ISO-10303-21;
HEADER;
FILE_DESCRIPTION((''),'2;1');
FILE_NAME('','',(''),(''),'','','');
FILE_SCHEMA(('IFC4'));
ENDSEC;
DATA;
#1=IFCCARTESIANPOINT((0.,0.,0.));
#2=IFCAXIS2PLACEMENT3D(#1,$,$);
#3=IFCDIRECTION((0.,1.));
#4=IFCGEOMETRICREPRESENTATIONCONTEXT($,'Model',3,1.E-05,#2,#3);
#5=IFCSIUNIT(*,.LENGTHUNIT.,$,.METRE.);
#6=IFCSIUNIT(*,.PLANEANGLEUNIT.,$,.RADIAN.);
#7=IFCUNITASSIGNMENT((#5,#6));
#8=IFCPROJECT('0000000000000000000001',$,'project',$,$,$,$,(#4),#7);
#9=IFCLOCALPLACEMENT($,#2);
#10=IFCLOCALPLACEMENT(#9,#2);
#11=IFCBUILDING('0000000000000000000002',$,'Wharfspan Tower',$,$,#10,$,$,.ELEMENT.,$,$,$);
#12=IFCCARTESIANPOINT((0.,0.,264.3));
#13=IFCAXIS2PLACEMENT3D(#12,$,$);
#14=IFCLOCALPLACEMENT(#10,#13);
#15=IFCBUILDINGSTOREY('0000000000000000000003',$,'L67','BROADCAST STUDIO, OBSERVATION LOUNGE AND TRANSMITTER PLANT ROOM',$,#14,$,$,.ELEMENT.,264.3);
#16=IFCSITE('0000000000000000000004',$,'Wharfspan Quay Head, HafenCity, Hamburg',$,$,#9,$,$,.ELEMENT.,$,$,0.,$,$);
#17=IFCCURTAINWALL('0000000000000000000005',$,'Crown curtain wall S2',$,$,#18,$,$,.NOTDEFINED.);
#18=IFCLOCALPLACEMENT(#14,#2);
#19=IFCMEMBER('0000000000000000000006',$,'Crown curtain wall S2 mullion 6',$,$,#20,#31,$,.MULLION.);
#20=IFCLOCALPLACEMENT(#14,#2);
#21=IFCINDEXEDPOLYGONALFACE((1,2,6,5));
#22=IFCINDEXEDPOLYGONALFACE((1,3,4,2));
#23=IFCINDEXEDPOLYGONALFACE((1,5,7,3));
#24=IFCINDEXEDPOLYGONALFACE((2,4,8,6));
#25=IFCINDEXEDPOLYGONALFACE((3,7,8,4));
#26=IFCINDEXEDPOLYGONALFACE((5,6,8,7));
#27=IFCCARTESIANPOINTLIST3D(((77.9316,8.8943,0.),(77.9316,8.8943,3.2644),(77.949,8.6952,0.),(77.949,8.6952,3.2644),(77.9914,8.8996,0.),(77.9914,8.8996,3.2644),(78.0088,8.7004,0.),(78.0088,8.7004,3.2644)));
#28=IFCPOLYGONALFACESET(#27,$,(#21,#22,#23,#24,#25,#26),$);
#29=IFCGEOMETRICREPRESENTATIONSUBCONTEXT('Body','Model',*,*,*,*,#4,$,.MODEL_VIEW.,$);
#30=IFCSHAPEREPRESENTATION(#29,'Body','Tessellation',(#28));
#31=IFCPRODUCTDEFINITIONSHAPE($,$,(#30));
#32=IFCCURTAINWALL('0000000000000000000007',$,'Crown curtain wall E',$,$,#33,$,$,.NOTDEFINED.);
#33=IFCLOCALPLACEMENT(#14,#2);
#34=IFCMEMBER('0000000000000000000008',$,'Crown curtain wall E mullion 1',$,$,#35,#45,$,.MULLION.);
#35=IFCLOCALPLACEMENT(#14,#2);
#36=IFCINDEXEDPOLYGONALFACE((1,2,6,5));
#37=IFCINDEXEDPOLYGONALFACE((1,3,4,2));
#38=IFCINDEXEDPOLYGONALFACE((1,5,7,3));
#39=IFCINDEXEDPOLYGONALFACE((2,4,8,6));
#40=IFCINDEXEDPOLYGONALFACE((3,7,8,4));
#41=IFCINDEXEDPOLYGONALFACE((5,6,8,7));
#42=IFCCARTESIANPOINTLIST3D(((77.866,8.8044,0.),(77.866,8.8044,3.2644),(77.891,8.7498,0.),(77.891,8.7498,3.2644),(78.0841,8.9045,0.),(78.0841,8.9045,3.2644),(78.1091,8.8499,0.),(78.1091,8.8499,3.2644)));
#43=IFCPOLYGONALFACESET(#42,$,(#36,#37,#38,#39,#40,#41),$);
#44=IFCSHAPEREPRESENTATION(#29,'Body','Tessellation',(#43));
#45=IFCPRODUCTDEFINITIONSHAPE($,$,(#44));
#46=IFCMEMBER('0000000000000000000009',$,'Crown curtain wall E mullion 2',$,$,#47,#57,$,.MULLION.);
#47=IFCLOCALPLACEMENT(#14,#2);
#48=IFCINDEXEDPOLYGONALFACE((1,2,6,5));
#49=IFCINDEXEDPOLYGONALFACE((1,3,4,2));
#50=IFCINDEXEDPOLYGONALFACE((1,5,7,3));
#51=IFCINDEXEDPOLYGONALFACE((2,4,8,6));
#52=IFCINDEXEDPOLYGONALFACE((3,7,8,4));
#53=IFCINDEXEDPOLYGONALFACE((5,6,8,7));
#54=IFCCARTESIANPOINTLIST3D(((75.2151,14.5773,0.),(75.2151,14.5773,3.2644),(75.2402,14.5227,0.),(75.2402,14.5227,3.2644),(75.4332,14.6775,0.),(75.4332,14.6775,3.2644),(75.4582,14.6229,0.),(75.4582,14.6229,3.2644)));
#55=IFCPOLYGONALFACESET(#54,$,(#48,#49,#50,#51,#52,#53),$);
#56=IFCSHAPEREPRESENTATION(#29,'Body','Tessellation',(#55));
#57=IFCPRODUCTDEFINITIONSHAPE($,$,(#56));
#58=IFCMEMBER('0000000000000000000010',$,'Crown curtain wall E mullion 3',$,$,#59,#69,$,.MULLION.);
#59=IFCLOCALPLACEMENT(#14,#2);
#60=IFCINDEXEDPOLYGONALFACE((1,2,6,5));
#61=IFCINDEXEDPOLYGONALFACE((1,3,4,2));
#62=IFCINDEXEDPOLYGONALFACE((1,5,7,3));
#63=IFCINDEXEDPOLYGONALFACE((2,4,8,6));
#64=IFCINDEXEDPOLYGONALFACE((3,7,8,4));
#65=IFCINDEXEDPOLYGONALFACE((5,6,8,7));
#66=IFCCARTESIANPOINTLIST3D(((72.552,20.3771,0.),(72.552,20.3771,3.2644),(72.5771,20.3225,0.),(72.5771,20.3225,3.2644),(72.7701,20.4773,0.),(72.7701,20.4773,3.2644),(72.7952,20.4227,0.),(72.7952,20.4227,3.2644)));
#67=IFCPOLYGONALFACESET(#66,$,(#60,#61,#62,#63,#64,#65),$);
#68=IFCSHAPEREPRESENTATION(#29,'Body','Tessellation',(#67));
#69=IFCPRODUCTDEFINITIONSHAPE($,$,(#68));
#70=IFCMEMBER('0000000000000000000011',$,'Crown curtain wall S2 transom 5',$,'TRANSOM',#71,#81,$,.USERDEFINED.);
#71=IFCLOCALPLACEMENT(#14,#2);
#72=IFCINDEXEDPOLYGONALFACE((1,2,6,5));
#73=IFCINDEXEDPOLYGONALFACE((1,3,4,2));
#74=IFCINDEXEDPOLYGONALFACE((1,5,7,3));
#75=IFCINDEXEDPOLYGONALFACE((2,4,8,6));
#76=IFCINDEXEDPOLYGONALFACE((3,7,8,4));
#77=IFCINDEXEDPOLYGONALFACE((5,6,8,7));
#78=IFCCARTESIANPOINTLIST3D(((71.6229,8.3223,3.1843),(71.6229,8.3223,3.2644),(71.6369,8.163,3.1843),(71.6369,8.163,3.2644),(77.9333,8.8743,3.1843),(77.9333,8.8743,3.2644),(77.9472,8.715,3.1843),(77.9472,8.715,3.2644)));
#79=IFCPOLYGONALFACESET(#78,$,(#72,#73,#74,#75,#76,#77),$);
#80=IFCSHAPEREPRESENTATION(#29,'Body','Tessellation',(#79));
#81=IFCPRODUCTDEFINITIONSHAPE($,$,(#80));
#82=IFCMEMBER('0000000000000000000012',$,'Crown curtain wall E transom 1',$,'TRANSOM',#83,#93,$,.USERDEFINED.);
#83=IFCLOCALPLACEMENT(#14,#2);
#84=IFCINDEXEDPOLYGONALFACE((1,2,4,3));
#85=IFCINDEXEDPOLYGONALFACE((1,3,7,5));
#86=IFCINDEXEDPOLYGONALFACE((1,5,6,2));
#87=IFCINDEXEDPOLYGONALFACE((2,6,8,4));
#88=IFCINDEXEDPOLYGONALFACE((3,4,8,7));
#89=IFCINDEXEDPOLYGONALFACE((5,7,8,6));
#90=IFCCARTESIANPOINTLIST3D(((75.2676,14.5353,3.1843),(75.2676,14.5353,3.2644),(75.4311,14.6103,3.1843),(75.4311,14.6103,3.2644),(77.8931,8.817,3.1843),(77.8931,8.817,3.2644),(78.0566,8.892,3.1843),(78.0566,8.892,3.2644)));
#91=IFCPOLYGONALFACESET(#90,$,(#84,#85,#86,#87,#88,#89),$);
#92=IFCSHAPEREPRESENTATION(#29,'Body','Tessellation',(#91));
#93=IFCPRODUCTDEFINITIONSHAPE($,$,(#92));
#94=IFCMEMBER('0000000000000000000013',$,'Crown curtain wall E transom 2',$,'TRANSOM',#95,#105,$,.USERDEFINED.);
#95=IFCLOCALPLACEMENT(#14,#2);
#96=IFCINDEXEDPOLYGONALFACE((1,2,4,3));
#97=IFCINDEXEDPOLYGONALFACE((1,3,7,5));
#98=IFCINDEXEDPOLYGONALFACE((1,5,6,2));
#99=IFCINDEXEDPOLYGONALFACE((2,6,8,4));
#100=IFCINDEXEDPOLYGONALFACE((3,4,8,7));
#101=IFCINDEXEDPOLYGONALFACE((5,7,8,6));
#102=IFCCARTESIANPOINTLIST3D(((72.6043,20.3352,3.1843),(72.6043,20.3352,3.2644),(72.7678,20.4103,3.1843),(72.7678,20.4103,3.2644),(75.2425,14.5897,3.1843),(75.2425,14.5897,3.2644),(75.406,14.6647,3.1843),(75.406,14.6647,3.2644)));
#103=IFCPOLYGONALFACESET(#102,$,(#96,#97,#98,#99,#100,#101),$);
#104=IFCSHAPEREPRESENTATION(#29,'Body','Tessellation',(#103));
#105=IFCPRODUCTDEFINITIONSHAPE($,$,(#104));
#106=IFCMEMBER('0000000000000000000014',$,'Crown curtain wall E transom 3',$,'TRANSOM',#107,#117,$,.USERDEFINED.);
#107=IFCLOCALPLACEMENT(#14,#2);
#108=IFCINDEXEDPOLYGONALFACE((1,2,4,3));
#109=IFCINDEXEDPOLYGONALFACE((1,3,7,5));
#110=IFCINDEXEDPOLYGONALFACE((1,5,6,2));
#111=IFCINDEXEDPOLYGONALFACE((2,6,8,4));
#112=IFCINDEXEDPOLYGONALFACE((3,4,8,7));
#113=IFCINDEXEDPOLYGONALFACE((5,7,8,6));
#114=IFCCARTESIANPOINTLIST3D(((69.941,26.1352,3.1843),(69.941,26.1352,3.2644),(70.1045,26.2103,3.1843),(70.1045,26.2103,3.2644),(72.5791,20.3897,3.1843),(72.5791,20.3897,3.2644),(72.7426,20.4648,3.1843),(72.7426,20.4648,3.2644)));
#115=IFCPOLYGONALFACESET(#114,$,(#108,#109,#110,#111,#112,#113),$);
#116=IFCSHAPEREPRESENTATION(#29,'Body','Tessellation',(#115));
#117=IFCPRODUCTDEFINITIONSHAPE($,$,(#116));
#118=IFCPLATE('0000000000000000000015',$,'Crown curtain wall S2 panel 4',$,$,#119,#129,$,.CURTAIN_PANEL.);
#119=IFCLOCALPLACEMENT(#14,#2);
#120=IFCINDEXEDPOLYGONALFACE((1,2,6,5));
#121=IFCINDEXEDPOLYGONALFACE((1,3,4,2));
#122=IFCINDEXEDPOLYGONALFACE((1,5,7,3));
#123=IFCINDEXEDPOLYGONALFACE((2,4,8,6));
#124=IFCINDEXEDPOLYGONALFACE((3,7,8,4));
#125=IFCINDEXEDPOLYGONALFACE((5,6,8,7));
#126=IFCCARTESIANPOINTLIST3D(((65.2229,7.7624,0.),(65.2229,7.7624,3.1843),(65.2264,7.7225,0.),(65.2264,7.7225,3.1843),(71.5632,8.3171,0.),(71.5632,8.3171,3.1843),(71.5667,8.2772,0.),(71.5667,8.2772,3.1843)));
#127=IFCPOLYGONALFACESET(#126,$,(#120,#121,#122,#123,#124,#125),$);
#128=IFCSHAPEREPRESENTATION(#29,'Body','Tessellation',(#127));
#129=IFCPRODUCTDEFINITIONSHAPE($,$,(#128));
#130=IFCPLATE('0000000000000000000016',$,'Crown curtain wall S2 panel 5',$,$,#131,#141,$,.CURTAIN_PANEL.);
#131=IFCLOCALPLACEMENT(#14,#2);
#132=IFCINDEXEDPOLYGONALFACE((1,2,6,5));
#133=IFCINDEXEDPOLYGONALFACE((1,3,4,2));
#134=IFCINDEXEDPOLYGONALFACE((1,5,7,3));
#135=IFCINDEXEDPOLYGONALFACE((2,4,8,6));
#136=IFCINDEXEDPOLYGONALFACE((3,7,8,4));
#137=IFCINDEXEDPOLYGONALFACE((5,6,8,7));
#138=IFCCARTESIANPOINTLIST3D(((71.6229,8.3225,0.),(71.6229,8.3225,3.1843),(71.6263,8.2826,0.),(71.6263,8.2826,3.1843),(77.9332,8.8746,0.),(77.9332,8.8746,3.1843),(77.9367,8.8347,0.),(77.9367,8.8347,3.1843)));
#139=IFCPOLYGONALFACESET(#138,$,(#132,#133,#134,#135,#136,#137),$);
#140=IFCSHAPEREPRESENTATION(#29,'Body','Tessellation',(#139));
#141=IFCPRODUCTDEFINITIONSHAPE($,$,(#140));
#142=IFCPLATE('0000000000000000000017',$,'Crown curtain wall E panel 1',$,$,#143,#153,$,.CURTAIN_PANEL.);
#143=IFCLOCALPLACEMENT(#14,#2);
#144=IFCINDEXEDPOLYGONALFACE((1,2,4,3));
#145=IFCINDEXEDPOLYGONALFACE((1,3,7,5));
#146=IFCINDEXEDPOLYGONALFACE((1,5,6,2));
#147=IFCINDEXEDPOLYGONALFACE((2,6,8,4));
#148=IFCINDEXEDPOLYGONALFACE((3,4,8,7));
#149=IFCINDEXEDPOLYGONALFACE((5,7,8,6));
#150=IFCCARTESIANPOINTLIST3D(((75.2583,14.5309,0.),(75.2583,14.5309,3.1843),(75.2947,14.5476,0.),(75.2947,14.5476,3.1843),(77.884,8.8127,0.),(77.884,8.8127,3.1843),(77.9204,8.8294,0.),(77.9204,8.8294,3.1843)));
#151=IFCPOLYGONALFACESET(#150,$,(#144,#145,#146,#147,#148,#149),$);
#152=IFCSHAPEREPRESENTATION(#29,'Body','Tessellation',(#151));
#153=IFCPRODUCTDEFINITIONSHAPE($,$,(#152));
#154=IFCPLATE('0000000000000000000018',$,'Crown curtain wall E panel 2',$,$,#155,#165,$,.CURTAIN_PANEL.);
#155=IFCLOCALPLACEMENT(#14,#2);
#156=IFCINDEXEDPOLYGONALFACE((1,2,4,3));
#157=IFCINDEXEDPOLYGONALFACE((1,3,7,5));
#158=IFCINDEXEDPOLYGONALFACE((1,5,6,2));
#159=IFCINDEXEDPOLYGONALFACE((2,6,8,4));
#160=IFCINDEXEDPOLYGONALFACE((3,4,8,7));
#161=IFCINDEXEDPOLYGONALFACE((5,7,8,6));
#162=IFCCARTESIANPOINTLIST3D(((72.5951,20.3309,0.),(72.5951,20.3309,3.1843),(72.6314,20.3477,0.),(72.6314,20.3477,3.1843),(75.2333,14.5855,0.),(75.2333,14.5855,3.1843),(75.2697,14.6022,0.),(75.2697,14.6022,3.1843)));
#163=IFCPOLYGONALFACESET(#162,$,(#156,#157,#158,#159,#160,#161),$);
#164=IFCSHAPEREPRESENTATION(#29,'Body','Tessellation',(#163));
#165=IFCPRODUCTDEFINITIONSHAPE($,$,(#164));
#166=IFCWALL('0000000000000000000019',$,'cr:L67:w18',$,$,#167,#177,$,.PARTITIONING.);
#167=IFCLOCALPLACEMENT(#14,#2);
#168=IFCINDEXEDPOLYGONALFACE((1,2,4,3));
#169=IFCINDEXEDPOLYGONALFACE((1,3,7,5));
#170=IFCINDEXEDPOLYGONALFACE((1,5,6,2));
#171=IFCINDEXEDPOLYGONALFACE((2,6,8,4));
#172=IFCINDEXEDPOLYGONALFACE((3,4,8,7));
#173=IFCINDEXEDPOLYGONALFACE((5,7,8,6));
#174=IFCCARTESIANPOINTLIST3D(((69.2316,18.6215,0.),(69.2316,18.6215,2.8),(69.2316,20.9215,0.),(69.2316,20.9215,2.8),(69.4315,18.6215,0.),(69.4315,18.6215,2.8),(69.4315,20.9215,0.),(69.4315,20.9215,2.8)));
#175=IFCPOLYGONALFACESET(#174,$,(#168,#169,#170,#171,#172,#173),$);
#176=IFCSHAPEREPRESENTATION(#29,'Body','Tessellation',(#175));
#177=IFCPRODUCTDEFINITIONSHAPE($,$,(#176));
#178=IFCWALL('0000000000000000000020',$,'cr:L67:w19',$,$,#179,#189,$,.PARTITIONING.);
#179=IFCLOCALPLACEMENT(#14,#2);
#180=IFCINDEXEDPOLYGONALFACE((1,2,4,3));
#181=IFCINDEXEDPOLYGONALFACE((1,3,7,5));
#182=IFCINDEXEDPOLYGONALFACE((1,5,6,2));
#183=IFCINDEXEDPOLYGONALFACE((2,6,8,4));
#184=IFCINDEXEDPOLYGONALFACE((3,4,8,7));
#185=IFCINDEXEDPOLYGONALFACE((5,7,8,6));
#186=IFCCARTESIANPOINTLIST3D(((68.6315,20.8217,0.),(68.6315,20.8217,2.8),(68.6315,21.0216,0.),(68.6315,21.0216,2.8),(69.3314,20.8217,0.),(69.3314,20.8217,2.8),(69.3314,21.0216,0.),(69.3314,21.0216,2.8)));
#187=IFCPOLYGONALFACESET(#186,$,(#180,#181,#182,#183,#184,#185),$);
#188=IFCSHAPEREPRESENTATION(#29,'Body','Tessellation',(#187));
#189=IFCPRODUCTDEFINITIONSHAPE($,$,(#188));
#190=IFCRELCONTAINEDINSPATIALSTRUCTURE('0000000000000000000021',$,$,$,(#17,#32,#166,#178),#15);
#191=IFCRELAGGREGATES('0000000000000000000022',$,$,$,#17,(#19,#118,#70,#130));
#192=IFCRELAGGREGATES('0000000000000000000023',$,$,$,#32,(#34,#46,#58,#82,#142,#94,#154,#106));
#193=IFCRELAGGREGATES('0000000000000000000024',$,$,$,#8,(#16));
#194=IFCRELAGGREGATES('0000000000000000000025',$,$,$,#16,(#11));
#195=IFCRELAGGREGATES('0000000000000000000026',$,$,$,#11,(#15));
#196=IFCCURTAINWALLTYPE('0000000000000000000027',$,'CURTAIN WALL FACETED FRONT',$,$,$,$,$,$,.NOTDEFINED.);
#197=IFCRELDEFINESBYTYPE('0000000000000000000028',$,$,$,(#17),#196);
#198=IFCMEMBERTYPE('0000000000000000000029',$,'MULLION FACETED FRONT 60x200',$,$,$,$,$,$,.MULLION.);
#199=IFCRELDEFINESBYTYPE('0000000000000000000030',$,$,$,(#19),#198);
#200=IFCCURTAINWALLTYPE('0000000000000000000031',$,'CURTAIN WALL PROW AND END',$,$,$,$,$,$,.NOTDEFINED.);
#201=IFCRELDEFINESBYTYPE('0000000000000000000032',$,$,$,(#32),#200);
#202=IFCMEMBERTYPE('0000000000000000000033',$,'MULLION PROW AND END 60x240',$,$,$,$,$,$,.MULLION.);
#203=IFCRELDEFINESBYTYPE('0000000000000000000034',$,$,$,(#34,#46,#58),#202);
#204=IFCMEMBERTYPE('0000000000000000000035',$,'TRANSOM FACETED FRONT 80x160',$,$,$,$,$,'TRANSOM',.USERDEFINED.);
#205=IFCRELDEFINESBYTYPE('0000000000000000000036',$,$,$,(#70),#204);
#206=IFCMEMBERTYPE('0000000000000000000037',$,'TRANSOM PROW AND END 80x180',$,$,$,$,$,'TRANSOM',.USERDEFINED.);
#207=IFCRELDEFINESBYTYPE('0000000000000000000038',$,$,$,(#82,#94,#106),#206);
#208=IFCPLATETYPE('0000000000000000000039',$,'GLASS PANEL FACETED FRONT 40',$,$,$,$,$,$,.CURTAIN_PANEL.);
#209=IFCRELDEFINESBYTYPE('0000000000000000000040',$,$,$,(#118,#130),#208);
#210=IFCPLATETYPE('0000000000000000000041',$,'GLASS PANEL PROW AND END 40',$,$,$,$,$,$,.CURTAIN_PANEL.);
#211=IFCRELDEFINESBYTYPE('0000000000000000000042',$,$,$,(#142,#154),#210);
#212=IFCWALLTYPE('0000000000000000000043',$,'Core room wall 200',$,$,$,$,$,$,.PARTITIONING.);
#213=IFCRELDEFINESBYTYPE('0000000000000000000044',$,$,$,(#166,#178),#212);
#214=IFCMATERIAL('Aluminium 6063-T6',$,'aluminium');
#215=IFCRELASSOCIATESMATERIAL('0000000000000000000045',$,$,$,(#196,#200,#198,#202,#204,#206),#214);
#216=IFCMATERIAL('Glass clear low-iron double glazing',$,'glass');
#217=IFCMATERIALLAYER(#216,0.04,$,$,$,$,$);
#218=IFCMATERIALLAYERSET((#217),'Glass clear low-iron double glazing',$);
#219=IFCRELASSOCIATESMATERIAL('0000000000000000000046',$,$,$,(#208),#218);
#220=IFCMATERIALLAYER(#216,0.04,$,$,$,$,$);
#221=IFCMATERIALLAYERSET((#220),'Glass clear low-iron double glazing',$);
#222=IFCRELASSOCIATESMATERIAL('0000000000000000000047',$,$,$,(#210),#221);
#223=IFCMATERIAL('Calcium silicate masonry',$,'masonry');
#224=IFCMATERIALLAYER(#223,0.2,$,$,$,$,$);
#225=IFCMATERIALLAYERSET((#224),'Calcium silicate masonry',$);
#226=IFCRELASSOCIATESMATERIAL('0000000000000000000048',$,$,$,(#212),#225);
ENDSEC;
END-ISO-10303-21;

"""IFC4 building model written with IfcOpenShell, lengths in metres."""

from ifc_helpers import new_model, si_unit, direction, frame, frame_2d, origin, origin_2d, place, context, subcontext, project, spatial, rectangle, extrude, material, layer, layer_set, material_profile, profile_set, type_object, element, aggregate, save


model = new_model("IFC4")

# Units and contexts
model_context = context("Model", 3, precision=1e-05, world=origin(), true_north=direction((0.0, 1.0)))
body_context = subcontext(model_context, "Body", "Model", "MODEL_VIEW")
ifc_project = project(units=[si_unit("LENGTHUNIT", "METRE"), si_unit("PLANEANGLEUNIT", "RADIAN")], contexts=[model_context])

# Site, building, storey
site_placement = place(None, origin())
site = spatial("IfcSite", under=ifc_project, at=site_placement, Name="Wharfspan Quay Head, HafenCity, Hamburg", CompositionType="ELEMENT", RefElevation=0.0)
building_placement = place(site_placement, origin())
building = spatial("IfcBuilding", under=site, at=building_placement, Name="Wharfspan Tower", CompositionType="ELEMENT")
storey_placement = place(building_placement, frame((0.0, 0.0, 264.3)))
storey = spatial("IfcBuildingStorey", under=building, at=storey_placement, Name="L67", Description="BROADCAST STUDIO, OBSERVATION LOUNGE AND TRANSMITTER PLANT ROOM", CompositionType="ELEMENT", Elevation=264.3)

# Curtain walls, members
ifc_material_1 = material(Name="Aluminium 6063-T6", Category="aluminium")
curtain_wall_type_1 = type_object("IfcCurtainWallType", Name="CURTAIN WALL FACETED FRONT", PredefinedType="NOTDEFINED", material=ifc_material_1)
curtain_wall_1_placement = place(storey_placement, origin())
curtain_wall_1 = element("IfcCurtainWall", 1, at=curtain_wall_1_placement, inside=storey, type_object=curtain_wall_type_1, Name="Crown curtain wall S2", PredefinedType="NOTDEFINED")
ifc_material_profile_1 = material_profile(ifc_material_1, rectangle(XDim=0.2, YDim=0.0601, at=origin_2d()))
ifc_profile_set_1 = profile_set([ifc_material_profile_1], Name="Aluminium 6063-T6")
member_type_1 = type_object("IfcMemberType", Name="MULLION FACETED FRONT 60x200", PredefinedType="MULLION", material=ifc_profile_set_1)
member_1_placement = place(storey_placement, frame((77.9702, 8.7974, 0.0), z_axis=(0.0, 0.0, 1.0), x_axis=(-0.087156, 0.996198, 0.0)))
member_1 = element("IfcMember", 2, at=member_1_placement, type_object=member_type_1, Name="Crown curtain wall S2 mullion 6", PredefinedType="MULLION", context=body_context, shape_type="SweptSolid", body=[
    extrude(rectangle(XDim=0.2, YDim=0.0601, at=origin_2d()), origin(), (0.0, 0.0, 1.0), 3.2644),
])
curtain_wall_type_2 = type_object("IfcCurtainWallType", Name="CURTAIN WALL PROW AND END", PredefinedType="NOTDEFINED", material=ifc_material_1)
curtain_wall_2_placement = place(storey_placement, origin())
curtain_wall_2 = element("IfcCurtainWall", 3, at=curtain_wall_2_placement, inside=storey, type_object=curtain_wall_type_2, Name="Crown curtain wall E", PredefinedType="NOTDEFINED")
ifc_material_profile_2 = material_profile(ifc_material_1, rectangle(XDim=0.24, YDim=0.0601, at=origin_2d()))
ifc_profile_set_2 = profile_set([ifc_material_profile_2], Name="Aluminium 6063-T6")
member_type_2 = type_object("IfcMemberType", Name="MULLION PROW AND END 60x240", PredefinedType="MULLION", material=ifc_profile_set_2)
member_2_placement = place(storey_placement, frame((77.9875, 8.8271, 0.0), z_axis=(0.0, 0.0, 1.0), x_axis=(-0.908769, -0.417292, 0.0)))
member_2 = element("IfcMember", 4, at=member_2_placement, type_object=member_type_2, Name="Crown curtain wall E mullion 1", PredefinedType="MULLION", context=body_context, shape_type="SweptSolid", body=[
    extrude(rectangle(XDim=0.24, YDim=0.0601, at=origin_2d()), origin(), (0.0, 0.0, 1.0), 3.2644),
])
member_3_placement = place(storey_placement, frame((75.3367, 14.6001, 0.0), z_axis=(0.0, 0.0, 1.0), x_axis=(-0.908769, -0.417292, 0.0)))
member_3 = element("IfcMember", 5, at=member_3_placement, type_object=member_type_2, Name="Crown curtain wall E mullion 2", PredefinedType="MULLION", context=body_context, shape_type="SweptSolid", body=[
    extrude(rectangle(XDim=0.24, YDim=0.0601, at=origin_2d()), origin(), (0.0, 0.0, 1.0), 3.2644),
])
member_4_placement = place(storey_placement, frame((72.6736, 20.3999, 0.0), z_axis=(0.0, 0.0, 1.0), x_axis=(-0.908769, -0.417292, 0.0)))
member_4 = element("IfcMember", 6, at=member_4_placement, type_object=member_type_2, Name="Crown curtain wall E mullion 3", PredefinedType="MULLION", context=body_context, shape_type="SweptSolid", body=[
    extrude(rectangle(XDim=0.24, YDim=0.0601, at=origin_2d()), origin(), (0.0, 0.0, 1.0), 3.2644),
])

# Members
ifc_material_profile_3 = material_profile(ifc_material_1, rectangle(XDim=0.1599, YDim=0.0801, at=origin_2d()))
ifc_profile_set_3 = profile_set([ifc_material_profile_3], Name="Aluminium 6063-T6")
member_type_3 = type_object("IfcMemberType", Name="TRANSOM FACETED FRONT 80x160", ElementType="TRANSOM", PredefinedType="USERDEFINED", material=ifc_profile_set_3)
member_5_placement = place(storey_placement, frame((71.6299, 8.2427, 3.2244), z_axis=(0.996196, 0.087144, 0.0), x_axis=(-0.087144, 0.996196, 0.0)))
member_5 = element("IfcMember", 7, at=member_5_placement, type_object=member_type_3, Name="Crown curtain wall S2 transom 5", ObjectType="TRANSOM", PredefinedType="USERDEFINED", context=body_context, shape_type="SweptSolid", body=[
    extrude(rectangle(XDim=0.1599, YDim=0.0801, at=origin_2d()), origin(), (0.0, 0.0, 1.0), 6.3345),
])
ifc_material_profile_4 = material_profile(ifc_material_1, rectangle(XDim=0.1799, YDim=0.0801, at=origin_2d()))
ifc_profile_set_4 = profile_set([ifc_material_profile_4], Name="Aluminium 6063-T6")
member_type_4 = type_object("IfcMemberType", Name="TRANSOM PROW AND END 80x180", ElementType="TRANSOM", PredefinedType="USERDEFINED", material=ifc_profile_set_4)
member_6_placement = place(storey_placement, frame((77.9749, 8.8545, 3.2244), z_axis=(-0.417261, 0.908787, 0.0), x_axis=(-0.908787, -0.417261, 0.0)))
member_6 = element("IfcMember", 8, at=member_6_placement, type_object=member_type_4, Name="Crown curtain wall E transom 1", ObjectType="TRANSOM", PredefinedType="USERDEFINED", context=body_context, shape_type="SweptSolid", body=[
    extrude(rectangle(XDim=0.1799, YDim=0.0801, at=origin_2d()), origin(), (0.0, 0.0, 1.0), 6.2922),
])
member_7_placement = place(storey_placement, frame((75.3242, 14.6272, 3.2244), z_axis=(-0.41728, 0.908778, 0.0), x_axis=(-0.908778, -0.41728, 0.0)))
member_7 = element("IfcMember", 9, at=member_7_placement, type_object=member_type_4, Name="Crown curtain wall E transom 2", ObjectType="TRANSOM", PredefinedType="USERDEFINED", context=body_context, shape_type="SweptSolid", body=[
    extrude(rectangle(XDim=0.1799, YDim=0.0801, at=origin_2d()), origin(), (0.0, 0.0, 1.0), 6.3223),
])
member_8_placement = place(storey_placement, frame((72.6609, 20.4272, 3.2244), z_axis=(-0.41728, 0.908778, 0.0), x_axis=(-0.908778, -0.41728, 0.0)))
member_8 = element("IfcMember", 10, at=member_8_placement, type_object=member_type_4, Name="Crown curtain wall E transom 3", ObjectType="TRANSOM", PredefinedType="USERDEFINED", context=body_context, shape_type="SweptSolid", body=[
    extrude(rectangle(XDim=0.1799, YDim=0.0801, at=origin_2d()), origin(), (0.0, 0.0, 1.0), 6.3223),
])

# Plates
ifc_material_2 = material(Name="Glass clear low-iron double glazing", Category="glass")
ifc_layer_1 = layer(ifc_material_2, 0.04)
ifc_layer_set_1 = layer_set([ifc_layer_1], Name="Glass clear low-iron double glazing")
plate_type_1 = type_object("IfcPlateType", Name="GLASS PANEL FACETED FRONT 40", PredefinedType="CURTAIN_PANEL", material=ifc_layer_set_1)
plate_1_placement = place(storey_placement, frame((68.3948, 8.0198, 0.0), z_axis=(0.0, 0.0, 1.0), x_axis=(0.996198, 0.087156, 0.0)))
plate_1 = element("IfcPlate", 11, at=plate_1_placement, type_object=plate_type_1, Name="Crown curtain wall S2 panel 4", PredefinedType="CURTAIN_PANEL", context=body_context, shape_type="SweptSolid", body=[
    extrude(rectangle(XDim=6.3645, YDim=0.04, at=origin_2d()), origin(), (0.0, 0.0, 1.0), 3.1843),
])
plate_2_placement = place(storey_placement, frame((74.7798, 8.5786, 0.0), z_axis=(0.0, 0.0, 1.0), x_axis=(0.996198, 0.087156, 0.0)))
plate_2 = element("IfcPlate", 12, at=plate_2_placement, type_object=plate_type_1, Name="Crown curtain wall S2 panel 5", PredefinedType="CURTAIN_PANEL", context=body_context, shape_type="SweptSolid", body=[
    extrude(rectangle(XDim=6.3345, YDim=0.04, at=origin_2d()), origin(), (0.0, 0.0, 1.0), 3.1843),
])
aggregate(curtain_wall_1, [member_1, plate_1, member_5, plate_2])
ifc_layer_2 = layer(ifc_material_2, 0.04)
ifc_layer_set_2 = layer_set([ifc_layer_2], Name="Glass clear low-iron double glazing")
plate_type_2 = type_object("IfcPlateType", Name="GLASS PANEL PROW AND END 40", PredefinedType="CURTAIN_PANEL", material=ifc_layer_set_2)
plate_3_placement = place(storey_placement, frame((76.5894, 11.6802, 0.0), z_axis=(0.0, 0.0, 1.0), x_axis=(-0.417292, 0.908769, 0.0)))
plate_3 = element("IfcPlate", 13, at=plate_3_placement, type_object=plate_type_2, Name="Crown curtain wall E panel 1", PredefinedType="CURTAIN_PANEL", context=body_context, shape_type="SweptSolid", body=[
    extrude(rectangle(XDim=6.2922, YDim=0.04, at=origin_2d()), origin(), (0.0, 0.0, 1.0), 3.1843),
])
plate_4_placement = place(storey_placement, frame((73.9324, 17.4666, 0.0), z_axis=(0.0, 0.0, 1.0), x_axis=(-0.417292, 0.908769, 0.0)))
plate_4 = element("IfcPlate", 14, at=plate_4_placement, type_object=plate_type_2, Name="Crown curtain wall E panel 2", PredefinedType="CURTAIN_PANEL", context=body_context, shape_type="SweptSolid", body=[
    extrude(rectangle(XDim=6.3223, YDim=0.04, at=origin_2d()), origin(), (0.0, 0.0, 1.0), 3.1843),
])
aggregate(curtain_wall_2, [member_2, member_3, member_4, member_6, plate_3, member_7, plate_4, member_8])

# Walls
ifc_material_3 = material(Name="Calcium silicate masonry", Category="masonry")
ifc_layer_3 = layer(ifc_material_3, 0.2)
ifc_layer_set_3 = layer_set([ifc_layer_3], Name="Calcium silicate masonry")
wall_type_1 = type_object("IfcWallType", Name="Core room wall 200", PredefinedType="PARTITIONING", material=ifc_layer_set_3)
wall_1_placement = place(storey_placement, frame((69.3315, 18.6216, 0.0), z_axis=(0.0, 0.0, 1.0), x_axis=(0.0, 1.0, 0.0)))
element("IfcWall", 15, at=wall_1_placement, inside=storey, type_object=wall_type_1, Name="cr:L67:w18", PredefinedType="PARTITIONING", context=body_context, shape_type="SweptSolid", body=[
    extrude(rectangle(XDim=2.3, YDim=0.2, at=frame_2d((1.1499, 0.0))), origin(), (0.0, 0.0, 1.0), 2.8),
])
wall_2_placement = place(storey_placement, frame((69.3315, 20.9216, 0.0), z_axis=(0.0, 0.0, 1.0), x_axis=(-1.0, 0.0, 0.0)))
element("IfcWall", 16, at=wall_2_placement, inside=storey, type_object=wall_type_1, Name="cr:L67:w19", PredefinedType="PARTITIONING", context=body_context, shape_type="SweptSolid", body=[
    extrude(rectangle(XDim=0.7, YDim=0.2, at=frame_2d((0.3501, 0.0))), origin(), (0.0, 0.0, 1.0), 2.8),
])

save(model, "model.ifc")
